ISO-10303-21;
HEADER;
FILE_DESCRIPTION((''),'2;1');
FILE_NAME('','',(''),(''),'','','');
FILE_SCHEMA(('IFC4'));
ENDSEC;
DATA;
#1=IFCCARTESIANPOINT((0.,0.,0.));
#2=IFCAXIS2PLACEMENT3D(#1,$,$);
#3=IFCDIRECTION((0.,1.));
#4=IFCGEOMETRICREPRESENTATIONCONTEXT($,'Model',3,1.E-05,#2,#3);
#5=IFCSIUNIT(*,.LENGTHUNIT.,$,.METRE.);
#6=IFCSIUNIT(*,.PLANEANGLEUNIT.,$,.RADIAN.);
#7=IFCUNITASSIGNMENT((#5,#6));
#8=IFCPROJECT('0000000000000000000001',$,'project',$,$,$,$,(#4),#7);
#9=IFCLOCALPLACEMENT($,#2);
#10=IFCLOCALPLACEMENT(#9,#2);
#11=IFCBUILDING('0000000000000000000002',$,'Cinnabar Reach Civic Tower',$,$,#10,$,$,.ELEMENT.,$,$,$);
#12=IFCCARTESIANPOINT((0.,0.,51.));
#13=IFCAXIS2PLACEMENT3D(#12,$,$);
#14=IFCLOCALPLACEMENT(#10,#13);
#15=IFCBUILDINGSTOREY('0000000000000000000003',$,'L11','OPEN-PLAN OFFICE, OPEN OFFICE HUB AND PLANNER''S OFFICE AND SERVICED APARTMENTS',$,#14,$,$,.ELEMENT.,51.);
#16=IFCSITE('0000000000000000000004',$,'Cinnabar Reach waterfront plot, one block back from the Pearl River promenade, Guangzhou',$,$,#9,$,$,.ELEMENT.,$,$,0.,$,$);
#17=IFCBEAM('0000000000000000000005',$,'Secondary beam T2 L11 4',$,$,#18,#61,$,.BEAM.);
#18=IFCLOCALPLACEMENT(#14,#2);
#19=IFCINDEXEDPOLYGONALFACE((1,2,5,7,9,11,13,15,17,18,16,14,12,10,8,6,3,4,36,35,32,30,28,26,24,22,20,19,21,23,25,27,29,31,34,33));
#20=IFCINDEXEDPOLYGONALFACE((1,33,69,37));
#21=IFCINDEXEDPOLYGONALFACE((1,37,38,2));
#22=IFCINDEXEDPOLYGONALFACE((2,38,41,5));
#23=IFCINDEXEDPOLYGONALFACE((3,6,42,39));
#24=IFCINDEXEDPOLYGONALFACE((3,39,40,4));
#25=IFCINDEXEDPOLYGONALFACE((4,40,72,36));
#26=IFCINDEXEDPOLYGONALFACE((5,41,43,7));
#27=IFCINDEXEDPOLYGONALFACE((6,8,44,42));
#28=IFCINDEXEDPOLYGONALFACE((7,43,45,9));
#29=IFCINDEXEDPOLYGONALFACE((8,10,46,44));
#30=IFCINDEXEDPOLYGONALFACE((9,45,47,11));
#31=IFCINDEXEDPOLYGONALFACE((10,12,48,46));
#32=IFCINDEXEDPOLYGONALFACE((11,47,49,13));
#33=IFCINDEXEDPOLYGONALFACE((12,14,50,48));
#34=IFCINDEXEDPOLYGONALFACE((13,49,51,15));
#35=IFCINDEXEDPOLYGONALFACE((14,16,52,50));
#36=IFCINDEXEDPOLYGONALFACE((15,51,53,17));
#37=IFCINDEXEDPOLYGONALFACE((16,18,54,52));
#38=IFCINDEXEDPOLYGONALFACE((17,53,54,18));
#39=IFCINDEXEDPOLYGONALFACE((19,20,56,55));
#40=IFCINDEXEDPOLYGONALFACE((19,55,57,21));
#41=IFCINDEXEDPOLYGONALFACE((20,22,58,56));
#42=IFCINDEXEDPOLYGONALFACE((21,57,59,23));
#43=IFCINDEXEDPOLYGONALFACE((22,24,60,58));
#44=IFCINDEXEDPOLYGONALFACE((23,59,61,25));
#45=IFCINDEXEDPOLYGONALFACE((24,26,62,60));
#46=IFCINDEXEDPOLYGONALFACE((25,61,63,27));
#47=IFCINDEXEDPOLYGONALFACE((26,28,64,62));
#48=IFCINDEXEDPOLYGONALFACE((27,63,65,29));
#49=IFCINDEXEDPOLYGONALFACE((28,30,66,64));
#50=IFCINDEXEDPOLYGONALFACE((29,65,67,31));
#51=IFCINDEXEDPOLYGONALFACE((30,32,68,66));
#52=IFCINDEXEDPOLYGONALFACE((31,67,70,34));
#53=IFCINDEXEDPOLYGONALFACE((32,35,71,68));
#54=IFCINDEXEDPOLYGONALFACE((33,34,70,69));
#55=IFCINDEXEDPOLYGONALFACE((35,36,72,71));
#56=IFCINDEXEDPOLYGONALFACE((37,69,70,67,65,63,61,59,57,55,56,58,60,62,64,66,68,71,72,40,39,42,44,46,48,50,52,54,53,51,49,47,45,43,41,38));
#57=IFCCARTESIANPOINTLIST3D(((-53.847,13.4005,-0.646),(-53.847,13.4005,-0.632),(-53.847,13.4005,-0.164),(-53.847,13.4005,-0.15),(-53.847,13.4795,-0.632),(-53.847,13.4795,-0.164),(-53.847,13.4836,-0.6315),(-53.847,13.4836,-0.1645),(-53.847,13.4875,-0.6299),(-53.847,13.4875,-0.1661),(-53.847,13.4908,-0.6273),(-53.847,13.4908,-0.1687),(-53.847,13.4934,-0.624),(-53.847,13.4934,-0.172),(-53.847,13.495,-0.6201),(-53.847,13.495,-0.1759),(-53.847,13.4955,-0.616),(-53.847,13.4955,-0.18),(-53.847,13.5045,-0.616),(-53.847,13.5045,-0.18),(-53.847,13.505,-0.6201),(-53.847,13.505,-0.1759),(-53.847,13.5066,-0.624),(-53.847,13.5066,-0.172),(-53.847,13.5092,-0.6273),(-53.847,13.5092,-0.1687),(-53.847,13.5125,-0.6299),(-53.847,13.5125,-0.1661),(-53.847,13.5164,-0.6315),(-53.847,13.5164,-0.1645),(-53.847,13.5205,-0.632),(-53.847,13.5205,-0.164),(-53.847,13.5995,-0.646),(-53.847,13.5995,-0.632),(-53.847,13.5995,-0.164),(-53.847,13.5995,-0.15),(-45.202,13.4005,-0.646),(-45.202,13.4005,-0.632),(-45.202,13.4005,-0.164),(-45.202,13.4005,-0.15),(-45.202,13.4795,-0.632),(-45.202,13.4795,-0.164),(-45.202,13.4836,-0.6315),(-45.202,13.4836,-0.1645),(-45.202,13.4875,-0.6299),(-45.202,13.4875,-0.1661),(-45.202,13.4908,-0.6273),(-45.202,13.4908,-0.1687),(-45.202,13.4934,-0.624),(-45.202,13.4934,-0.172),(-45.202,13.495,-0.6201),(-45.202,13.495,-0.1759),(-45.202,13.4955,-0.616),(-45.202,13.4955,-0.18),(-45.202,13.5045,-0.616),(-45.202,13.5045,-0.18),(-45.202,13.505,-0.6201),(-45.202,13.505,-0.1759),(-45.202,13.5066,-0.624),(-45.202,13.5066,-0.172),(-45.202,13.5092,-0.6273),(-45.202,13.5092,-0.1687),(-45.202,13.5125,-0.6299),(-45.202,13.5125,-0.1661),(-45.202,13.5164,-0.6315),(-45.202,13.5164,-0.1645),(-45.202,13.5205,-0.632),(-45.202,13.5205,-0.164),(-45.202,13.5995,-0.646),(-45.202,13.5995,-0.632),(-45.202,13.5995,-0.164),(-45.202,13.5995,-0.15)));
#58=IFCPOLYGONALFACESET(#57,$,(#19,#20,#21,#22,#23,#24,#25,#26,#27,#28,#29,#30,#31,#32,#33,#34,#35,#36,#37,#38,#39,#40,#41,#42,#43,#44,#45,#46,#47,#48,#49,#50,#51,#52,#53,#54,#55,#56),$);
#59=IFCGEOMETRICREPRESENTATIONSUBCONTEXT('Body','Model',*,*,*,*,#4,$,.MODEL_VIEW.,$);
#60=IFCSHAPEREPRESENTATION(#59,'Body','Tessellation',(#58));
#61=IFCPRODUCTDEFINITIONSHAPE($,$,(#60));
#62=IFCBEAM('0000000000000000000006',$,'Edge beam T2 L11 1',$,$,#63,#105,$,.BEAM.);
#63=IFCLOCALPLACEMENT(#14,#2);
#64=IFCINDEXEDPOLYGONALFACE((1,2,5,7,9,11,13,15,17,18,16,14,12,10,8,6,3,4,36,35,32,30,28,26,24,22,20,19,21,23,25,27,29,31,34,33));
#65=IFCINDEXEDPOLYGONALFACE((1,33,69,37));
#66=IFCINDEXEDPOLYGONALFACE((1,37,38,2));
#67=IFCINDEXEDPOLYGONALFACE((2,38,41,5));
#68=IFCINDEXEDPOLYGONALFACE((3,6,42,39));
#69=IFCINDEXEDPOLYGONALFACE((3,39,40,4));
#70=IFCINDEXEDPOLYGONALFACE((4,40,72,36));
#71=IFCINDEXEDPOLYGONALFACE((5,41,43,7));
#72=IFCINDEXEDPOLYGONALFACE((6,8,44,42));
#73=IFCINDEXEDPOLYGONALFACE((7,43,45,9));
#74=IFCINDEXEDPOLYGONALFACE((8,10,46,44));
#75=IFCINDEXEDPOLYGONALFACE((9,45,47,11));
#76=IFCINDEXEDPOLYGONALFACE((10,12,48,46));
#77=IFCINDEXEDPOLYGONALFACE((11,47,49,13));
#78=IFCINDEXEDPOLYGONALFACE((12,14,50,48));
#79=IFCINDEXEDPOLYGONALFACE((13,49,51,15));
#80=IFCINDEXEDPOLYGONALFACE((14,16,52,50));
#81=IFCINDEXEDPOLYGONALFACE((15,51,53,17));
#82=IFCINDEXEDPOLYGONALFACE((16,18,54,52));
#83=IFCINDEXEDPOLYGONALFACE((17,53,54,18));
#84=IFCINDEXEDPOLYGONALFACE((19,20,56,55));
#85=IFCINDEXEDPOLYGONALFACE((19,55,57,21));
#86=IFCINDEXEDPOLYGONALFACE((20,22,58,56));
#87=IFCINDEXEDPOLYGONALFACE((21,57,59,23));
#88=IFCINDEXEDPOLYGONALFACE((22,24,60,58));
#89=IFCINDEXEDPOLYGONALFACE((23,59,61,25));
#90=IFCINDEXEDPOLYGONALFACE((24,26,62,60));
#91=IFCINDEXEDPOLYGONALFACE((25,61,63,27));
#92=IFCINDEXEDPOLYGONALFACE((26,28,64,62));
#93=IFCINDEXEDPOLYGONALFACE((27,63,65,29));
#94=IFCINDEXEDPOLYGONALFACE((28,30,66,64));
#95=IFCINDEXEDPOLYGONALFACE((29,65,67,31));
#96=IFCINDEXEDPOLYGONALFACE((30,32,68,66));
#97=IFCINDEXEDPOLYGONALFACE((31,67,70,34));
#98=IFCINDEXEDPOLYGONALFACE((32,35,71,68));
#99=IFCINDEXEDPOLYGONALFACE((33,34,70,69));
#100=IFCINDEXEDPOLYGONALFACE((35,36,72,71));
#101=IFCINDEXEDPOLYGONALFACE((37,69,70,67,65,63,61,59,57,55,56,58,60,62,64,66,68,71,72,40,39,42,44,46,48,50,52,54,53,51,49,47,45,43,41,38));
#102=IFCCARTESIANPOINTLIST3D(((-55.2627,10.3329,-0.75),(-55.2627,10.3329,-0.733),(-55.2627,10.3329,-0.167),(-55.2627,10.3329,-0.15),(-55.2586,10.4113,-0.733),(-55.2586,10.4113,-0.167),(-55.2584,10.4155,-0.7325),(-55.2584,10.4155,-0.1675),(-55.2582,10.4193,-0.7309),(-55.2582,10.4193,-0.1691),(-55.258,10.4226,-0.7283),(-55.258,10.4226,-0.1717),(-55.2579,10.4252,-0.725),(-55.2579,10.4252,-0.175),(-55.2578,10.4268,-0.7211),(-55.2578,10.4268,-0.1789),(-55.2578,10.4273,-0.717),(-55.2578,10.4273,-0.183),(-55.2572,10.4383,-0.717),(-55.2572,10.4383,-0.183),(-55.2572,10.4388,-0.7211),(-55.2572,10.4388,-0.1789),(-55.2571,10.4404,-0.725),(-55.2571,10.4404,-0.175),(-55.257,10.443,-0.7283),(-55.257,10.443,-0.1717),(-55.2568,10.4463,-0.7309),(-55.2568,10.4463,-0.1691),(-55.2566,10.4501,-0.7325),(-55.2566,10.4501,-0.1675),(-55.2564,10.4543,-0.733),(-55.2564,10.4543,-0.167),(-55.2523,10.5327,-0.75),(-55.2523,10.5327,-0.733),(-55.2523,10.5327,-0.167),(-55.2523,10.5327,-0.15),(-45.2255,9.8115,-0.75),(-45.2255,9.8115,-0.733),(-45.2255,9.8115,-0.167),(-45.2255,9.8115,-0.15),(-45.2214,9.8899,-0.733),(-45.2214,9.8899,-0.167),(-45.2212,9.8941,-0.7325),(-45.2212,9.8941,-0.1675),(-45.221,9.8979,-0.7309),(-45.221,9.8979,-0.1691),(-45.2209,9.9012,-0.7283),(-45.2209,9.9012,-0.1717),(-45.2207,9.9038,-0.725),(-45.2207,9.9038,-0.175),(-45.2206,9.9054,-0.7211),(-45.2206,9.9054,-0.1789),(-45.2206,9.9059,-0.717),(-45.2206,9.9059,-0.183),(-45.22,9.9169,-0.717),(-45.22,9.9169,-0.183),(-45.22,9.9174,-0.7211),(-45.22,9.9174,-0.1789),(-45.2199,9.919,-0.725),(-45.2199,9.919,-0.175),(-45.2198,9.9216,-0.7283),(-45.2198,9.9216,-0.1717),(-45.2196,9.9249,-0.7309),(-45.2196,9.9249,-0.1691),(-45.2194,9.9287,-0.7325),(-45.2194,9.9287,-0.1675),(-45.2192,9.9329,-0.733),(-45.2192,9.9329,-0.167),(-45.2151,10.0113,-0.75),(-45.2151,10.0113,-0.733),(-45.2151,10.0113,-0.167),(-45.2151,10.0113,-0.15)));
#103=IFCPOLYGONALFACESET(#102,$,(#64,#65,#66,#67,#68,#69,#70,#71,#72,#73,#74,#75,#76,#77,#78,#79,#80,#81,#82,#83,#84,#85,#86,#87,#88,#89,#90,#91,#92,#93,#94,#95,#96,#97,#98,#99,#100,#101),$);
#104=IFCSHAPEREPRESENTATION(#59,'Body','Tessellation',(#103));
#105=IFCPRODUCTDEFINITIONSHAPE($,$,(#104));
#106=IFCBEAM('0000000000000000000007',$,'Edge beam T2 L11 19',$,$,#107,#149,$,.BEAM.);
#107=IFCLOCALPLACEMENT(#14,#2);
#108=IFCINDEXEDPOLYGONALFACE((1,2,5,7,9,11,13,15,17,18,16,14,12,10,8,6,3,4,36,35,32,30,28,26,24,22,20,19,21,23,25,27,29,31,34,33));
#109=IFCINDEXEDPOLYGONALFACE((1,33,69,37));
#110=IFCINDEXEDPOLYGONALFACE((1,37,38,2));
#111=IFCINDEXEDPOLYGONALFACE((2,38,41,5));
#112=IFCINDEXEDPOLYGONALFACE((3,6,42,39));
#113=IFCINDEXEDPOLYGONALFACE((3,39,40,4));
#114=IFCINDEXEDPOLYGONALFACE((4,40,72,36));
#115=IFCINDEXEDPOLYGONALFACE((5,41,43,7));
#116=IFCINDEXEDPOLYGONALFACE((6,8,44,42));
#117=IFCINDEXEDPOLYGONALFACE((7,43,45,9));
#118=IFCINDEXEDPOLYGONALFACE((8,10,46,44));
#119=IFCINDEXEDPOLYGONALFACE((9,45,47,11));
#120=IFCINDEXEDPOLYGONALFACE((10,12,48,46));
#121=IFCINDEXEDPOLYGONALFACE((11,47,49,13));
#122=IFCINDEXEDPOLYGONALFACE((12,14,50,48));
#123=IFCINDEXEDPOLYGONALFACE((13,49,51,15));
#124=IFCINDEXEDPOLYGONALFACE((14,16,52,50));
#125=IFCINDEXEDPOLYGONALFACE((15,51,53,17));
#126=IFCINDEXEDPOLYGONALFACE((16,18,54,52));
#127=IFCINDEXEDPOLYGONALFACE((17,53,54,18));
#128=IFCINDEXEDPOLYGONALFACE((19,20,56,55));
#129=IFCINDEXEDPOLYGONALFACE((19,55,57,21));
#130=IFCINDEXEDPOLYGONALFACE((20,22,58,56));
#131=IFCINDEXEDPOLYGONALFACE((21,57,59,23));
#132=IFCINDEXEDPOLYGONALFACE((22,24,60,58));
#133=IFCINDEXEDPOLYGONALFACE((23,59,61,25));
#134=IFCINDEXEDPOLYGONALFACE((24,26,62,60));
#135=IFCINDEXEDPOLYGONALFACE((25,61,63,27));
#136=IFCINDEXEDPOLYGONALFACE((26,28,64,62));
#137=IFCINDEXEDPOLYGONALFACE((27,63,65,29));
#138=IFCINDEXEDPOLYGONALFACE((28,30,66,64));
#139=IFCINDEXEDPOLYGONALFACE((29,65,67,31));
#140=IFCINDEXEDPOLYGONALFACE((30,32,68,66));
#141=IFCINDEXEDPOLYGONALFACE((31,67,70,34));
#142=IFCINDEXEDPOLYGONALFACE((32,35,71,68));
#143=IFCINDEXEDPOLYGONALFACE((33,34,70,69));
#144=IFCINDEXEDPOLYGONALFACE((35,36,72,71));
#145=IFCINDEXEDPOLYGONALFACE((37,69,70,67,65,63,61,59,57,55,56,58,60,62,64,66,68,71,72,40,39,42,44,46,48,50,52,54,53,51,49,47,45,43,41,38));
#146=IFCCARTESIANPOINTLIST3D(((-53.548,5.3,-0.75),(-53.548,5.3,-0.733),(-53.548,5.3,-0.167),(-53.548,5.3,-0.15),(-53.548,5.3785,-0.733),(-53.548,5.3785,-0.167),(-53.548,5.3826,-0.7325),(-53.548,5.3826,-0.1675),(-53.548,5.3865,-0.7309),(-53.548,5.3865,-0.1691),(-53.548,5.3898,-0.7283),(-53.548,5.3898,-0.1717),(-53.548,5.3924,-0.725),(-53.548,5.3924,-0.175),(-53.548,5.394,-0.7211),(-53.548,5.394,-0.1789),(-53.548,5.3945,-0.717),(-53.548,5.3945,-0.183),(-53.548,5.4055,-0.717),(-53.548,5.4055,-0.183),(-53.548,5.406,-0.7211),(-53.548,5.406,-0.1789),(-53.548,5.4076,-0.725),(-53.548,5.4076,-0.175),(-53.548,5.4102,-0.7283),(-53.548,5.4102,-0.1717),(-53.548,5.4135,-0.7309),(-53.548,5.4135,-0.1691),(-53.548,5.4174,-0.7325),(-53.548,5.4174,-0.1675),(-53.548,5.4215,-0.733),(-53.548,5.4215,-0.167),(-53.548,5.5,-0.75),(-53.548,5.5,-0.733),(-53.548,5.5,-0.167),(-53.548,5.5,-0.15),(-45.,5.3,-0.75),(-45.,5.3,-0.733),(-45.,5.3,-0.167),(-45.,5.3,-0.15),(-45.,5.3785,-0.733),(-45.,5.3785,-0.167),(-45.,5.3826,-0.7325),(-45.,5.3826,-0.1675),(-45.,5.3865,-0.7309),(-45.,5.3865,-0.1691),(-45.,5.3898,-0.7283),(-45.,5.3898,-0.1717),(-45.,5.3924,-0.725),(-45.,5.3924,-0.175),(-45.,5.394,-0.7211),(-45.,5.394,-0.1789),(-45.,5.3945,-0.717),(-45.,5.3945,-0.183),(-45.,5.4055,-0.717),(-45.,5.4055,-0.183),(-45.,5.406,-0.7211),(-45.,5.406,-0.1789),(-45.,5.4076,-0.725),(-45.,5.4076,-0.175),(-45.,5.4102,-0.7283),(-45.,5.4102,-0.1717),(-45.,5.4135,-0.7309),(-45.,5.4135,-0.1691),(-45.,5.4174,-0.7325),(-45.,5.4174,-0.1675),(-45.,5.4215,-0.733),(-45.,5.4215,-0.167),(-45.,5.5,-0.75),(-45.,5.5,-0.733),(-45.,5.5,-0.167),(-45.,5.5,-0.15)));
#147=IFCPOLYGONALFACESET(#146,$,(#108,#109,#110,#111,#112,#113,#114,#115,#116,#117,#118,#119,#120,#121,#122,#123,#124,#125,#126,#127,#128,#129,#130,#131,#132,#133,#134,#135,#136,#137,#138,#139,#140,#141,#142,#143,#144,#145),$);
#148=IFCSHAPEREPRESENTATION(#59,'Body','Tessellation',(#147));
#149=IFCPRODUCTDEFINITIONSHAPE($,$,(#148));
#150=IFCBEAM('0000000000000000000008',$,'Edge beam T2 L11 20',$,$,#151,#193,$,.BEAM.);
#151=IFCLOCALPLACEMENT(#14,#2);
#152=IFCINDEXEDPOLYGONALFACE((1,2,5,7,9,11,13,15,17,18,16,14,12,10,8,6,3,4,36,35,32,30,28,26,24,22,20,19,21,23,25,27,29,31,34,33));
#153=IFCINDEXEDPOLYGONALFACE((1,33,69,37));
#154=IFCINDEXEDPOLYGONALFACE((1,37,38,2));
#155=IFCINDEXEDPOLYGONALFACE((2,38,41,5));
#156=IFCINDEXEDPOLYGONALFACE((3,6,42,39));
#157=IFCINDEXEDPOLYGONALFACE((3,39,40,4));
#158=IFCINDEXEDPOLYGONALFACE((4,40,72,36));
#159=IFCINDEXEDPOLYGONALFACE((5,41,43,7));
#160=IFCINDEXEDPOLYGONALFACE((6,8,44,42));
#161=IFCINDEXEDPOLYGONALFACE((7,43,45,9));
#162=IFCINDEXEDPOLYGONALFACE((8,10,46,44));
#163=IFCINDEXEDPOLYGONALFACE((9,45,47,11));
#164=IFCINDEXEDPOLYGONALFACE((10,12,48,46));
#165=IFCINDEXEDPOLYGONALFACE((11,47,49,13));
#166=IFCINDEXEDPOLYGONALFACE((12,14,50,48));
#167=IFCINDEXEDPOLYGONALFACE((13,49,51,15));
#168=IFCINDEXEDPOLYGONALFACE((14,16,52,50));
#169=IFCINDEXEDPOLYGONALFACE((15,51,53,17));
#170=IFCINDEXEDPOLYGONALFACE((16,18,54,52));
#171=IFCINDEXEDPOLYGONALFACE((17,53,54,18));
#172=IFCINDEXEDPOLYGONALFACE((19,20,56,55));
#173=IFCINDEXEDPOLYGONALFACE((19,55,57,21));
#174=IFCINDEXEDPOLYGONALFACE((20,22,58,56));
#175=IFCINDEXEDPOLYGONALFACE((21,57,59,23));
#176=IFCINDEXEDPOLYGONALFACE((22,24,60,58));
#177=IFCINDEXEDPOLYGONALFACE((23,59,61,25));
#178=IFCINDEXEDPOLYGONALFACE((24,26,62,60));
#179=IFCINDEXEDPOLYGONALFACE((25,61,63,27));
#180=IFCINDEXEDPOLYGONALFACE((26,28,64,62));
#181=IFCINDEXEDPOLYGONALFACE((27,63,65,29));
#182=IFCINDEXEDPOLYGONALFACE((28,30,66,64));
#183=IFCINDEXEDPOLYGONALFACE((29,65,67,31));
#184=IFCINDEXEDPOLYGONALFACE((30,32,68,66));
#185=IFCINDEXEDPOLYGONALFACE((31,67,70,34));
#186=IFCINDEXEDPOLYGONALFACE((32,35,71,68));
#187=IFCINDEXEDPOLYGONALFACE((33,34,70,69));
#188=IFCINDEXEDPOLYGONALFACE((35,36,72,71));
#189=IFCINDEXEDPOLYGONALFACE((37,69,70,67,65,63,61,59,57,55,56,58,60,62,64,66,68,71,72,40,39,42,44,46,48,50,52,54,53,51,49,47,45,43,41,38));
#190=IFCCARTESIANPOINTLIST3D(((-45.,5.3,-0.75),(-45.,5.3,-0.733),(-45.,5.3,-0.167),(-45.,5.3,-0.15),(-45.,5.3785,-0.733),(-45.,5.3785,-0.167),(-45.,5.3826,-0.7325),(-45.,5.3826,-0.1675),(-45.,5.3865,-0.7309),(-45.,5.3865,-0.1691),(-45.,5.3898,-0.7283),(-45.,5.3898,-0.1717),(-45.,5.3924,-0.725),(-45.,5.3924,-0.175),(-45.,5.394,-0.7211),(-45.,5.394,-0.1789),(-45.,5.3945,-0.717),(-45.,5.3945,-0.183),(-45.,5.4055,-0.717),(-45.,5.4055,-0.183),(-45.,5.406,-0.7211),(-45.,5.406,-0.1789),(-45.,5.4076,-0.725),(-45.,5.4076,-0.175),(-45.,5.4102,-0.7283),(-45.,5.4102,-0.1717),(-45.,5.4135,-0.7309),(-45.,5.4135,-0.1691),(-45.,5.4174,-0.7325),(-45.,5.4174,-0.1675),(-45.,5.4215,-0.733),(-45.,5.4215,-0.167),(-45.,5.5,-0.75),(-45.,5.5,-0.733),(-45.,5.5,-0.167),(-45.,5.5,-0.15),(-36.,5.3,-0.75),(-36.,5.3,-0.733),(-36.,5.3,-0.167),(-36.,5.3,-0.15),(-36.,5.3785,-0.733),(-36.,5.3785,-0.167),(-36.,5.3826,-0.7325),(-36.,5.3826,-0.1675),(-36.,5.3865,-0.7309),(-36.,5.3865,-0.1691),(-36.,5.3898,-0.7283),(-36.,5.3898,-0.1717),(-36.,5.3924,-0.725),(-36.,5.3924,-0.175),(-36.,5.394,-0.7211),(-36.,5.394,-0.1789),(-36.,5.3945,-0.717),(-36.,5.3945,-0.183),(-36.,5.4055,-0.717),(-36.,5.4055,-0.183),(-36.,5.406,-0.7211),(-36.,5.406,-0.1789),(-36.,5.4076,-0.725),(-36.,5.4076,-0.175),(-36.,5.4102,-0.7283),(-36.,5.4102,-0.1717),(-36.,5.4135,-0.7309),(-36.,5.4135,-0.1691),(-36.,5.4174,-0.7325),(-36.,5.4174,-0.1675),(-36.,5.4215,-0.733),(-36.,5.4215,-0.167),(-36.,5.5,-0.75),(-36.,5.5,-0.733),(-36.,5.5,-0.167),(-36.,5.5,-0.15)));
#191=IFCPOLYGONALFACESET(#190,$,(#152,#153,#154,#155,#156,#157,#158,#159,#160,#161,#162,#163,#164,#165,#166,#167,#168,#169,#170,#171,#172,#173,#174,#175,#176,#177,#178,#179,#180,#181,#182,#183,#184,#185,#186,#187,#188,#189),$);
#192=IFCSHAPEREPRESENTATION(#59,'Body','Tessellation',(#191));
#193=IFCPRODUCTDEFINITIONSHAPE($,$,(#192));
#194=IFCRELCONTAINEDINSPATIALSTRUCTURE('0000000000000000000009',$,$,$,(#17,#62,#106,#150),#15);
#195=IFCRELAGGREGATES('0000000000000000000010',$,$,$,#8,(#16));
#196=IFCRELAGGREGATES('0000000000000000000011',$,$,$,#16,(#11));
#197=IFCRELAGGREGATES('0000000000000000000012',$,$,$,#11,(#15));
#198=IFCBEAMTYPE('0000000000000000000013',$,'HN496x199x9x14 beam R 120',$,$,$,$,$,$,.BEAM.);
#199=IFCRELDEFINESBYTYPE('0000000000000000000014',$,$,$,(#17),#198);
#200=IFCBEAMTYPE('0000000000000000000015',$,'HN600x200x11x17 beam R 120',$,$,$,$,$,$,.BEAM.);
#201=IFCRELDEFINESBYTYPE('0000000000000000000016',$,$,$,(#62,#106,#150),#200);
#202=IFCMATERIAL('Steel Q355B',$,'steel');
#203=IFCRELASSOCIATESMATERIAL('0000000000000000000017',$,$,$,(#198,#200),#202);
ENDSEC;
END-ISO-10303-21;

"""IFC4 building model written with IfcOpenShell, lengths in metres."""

from ifc_helpers import new_model, si_unit, direction, frame, origin, origin_2d, place, context, subcontext, project, spatial, i_section, extrude, material, material_profile, profile_set, type_object, element, save


model = new_model("IFC4")

# Units and contexts
model_context = context("Model", 3, precision=1e-05, world=origin(), true_north=direction((0.0, 1.0)))
body_context = subcontext(model_context, "Body", "Model", "MODEL_VIEW")
ifc_project = project(units=[si_unit("LENGTHUNIT", "METRE"), si_unit("PLANEANGLEUNIT", "RADIAN")], contexts=[model_context])

# Site, building, storey
site_placement = place(None, origin())
site = spatial("IfcSite", under=ifc_project, at=site_placement, Name="Cinnabar Reach waterfront plot, one block back from the Pearl River promenade, Guangzhou", CompositionType="ELEMENT", RefElevation=0.0)
building_placement = place(site_placement, origin())
building = spatial("IfcBuilding", under=site, at=building_placement, Name="Cinnabar Reach Civic Tower", CompositionType="ELEMENT")
storey_placement = place(building_placement, frame((0.0, 0.0, 51.0)))
storey = spatial("IfcBuildingStorey", under=building, at=storey_placement, Name="L11", Description="OPEN-PLAN OFFICE, OPEN OFFICE HUB AND PLANNER'S OFFICE AND SERVICED APARTMENTS", CompositionType="ELEMENT", Elevation=51.0)

# Beams
ifc_material_1 = material(Name="Steel Q355B", Category="steel")
ifc_material_profile_1 = material_profile(ifc_material_1, i_section(OverallWidth=0.199, OverallDepth=0.496, WebThickness=0.009, FlangeThickness=0.014, FilletRadius=0.016, at=origin_2d()), Name="HN496x199x9x14")
ifc_profile_set_1 = profile_set([ifc_material_profile_1], Name="Steel Q355B")
beam_type_1 = type_object("IfcBeamType", Name="HN496x199x9x14 beam R 120", PredefinedType="BEAM", material=ifc_profile_set_1)
beam_1_placement = place(storey_placement, frame((-53.847, 13.5, -0.398), z_axis=(1.0, 0.0, 0.0), x_axis=(0.0, 1.0, 0.0)))
element("IfcBeam", 1, at=beam_1_placement, inside=storey, type_object=beam_type_1, Name="Secondary beam T2 L11 4", PredefinedType="BEAM", context=body_context, shape_type="SweptSolid", body=[
    extrude(i_section(OverallWidth=0.199, OverallDepth=0.496, WebThickness=0.009, FlangeThickness=0.014, FilletRadius=0.016, at=origin_2d()), origin(), (0.0, 0.0, 1.0), 8.645),
])
ifc_material_profile_2 = material_profile(ifc_material_1, i_section(OverallWidth=0.2, OverallDepth=0.6, WebThickness=0.011, FlangeThickness=0.017, FilletRadius=0.016, at=origin_2d()), Name="HN600x200x11x17")
ifc_profile_set_2 = profile_set([ifc_material_profile_2], Name="Steel Q355B")
beam_type_2 = type_object("IfcBeamType", Name="HN600x200x11x17 beam R 120", PredefinedType="BEAM", material=ifc_profile_set_2)
beam_2_placement = place(storey_placement, frame((-55.2575, 10.4328, -0.45), z_axis=(0.998653, -0.051877, 0.0), x_axis=(0.051877, 0.998653, 0.0)))
element("IfcBeam", 2, at=beam_2_placement, inside=storey, type_object=beam_type_2, Name="Edge beam T2 L11 1", PredefinedType="BEAM", context=body_context, shape_type="SweptSolid", body=[
    extrude(i_section(OverallWidth=0.2, OverallDepth=0.6, WebThickness=0.011, FlangeThickness=0.017, FilletRadius=0.016, at=origin_2d()), origin(), (0.0, 0.0, 1.0), 10.0507),
])
beam_3_placement = place(storey_placement, frame((-53.548, 5.4, -0.45), z_axis=(1.0, 0.0, 0.0), x_axis=(0.0, 1.0, 0.0)))
element("IfcBeam", 3, at=beam_3_placement, inside=storey, type_object=beam_type_2, Name="Edge beam T2 L11 19", PredefinedType="BEAM", context=body_context, shape_type="SweptSolid", body=[
    extrude(i_section(OverallWidth=0.2, OverallDepth=0.6, WebThickness=0.011, FlangeThickness=0.017, FilletRadius=0.016, at=origin_2d()), origin(), (0.0, 0.0, 1.0), 8.548),
])
beam_4_placement = place(storey_placement, frame((-45.0, 5.4, -0.45), z_axis=(1.0, 0.0, 0.0), x_axis=(0.0, 1.0, 0.0)))
element("IfcBeam", 4, at=beam_4_placement, inside=storey, type_object=beam_type_2, Name="Edge beam T2 L11 20", PredefinedType="BEAM", context=body_context, shape_type="SweptSolid", body=[
    extrude(i_section(OverallWidth=0.2, OverallDepth=0.6, WebThickness=0.011, FlangeThickness=0.017, FilletRadius=0.016, at=origin_2d()), origin(), (0.0, 0.0, 1.0), 9.0),
])

save(model, "model.ifc")
